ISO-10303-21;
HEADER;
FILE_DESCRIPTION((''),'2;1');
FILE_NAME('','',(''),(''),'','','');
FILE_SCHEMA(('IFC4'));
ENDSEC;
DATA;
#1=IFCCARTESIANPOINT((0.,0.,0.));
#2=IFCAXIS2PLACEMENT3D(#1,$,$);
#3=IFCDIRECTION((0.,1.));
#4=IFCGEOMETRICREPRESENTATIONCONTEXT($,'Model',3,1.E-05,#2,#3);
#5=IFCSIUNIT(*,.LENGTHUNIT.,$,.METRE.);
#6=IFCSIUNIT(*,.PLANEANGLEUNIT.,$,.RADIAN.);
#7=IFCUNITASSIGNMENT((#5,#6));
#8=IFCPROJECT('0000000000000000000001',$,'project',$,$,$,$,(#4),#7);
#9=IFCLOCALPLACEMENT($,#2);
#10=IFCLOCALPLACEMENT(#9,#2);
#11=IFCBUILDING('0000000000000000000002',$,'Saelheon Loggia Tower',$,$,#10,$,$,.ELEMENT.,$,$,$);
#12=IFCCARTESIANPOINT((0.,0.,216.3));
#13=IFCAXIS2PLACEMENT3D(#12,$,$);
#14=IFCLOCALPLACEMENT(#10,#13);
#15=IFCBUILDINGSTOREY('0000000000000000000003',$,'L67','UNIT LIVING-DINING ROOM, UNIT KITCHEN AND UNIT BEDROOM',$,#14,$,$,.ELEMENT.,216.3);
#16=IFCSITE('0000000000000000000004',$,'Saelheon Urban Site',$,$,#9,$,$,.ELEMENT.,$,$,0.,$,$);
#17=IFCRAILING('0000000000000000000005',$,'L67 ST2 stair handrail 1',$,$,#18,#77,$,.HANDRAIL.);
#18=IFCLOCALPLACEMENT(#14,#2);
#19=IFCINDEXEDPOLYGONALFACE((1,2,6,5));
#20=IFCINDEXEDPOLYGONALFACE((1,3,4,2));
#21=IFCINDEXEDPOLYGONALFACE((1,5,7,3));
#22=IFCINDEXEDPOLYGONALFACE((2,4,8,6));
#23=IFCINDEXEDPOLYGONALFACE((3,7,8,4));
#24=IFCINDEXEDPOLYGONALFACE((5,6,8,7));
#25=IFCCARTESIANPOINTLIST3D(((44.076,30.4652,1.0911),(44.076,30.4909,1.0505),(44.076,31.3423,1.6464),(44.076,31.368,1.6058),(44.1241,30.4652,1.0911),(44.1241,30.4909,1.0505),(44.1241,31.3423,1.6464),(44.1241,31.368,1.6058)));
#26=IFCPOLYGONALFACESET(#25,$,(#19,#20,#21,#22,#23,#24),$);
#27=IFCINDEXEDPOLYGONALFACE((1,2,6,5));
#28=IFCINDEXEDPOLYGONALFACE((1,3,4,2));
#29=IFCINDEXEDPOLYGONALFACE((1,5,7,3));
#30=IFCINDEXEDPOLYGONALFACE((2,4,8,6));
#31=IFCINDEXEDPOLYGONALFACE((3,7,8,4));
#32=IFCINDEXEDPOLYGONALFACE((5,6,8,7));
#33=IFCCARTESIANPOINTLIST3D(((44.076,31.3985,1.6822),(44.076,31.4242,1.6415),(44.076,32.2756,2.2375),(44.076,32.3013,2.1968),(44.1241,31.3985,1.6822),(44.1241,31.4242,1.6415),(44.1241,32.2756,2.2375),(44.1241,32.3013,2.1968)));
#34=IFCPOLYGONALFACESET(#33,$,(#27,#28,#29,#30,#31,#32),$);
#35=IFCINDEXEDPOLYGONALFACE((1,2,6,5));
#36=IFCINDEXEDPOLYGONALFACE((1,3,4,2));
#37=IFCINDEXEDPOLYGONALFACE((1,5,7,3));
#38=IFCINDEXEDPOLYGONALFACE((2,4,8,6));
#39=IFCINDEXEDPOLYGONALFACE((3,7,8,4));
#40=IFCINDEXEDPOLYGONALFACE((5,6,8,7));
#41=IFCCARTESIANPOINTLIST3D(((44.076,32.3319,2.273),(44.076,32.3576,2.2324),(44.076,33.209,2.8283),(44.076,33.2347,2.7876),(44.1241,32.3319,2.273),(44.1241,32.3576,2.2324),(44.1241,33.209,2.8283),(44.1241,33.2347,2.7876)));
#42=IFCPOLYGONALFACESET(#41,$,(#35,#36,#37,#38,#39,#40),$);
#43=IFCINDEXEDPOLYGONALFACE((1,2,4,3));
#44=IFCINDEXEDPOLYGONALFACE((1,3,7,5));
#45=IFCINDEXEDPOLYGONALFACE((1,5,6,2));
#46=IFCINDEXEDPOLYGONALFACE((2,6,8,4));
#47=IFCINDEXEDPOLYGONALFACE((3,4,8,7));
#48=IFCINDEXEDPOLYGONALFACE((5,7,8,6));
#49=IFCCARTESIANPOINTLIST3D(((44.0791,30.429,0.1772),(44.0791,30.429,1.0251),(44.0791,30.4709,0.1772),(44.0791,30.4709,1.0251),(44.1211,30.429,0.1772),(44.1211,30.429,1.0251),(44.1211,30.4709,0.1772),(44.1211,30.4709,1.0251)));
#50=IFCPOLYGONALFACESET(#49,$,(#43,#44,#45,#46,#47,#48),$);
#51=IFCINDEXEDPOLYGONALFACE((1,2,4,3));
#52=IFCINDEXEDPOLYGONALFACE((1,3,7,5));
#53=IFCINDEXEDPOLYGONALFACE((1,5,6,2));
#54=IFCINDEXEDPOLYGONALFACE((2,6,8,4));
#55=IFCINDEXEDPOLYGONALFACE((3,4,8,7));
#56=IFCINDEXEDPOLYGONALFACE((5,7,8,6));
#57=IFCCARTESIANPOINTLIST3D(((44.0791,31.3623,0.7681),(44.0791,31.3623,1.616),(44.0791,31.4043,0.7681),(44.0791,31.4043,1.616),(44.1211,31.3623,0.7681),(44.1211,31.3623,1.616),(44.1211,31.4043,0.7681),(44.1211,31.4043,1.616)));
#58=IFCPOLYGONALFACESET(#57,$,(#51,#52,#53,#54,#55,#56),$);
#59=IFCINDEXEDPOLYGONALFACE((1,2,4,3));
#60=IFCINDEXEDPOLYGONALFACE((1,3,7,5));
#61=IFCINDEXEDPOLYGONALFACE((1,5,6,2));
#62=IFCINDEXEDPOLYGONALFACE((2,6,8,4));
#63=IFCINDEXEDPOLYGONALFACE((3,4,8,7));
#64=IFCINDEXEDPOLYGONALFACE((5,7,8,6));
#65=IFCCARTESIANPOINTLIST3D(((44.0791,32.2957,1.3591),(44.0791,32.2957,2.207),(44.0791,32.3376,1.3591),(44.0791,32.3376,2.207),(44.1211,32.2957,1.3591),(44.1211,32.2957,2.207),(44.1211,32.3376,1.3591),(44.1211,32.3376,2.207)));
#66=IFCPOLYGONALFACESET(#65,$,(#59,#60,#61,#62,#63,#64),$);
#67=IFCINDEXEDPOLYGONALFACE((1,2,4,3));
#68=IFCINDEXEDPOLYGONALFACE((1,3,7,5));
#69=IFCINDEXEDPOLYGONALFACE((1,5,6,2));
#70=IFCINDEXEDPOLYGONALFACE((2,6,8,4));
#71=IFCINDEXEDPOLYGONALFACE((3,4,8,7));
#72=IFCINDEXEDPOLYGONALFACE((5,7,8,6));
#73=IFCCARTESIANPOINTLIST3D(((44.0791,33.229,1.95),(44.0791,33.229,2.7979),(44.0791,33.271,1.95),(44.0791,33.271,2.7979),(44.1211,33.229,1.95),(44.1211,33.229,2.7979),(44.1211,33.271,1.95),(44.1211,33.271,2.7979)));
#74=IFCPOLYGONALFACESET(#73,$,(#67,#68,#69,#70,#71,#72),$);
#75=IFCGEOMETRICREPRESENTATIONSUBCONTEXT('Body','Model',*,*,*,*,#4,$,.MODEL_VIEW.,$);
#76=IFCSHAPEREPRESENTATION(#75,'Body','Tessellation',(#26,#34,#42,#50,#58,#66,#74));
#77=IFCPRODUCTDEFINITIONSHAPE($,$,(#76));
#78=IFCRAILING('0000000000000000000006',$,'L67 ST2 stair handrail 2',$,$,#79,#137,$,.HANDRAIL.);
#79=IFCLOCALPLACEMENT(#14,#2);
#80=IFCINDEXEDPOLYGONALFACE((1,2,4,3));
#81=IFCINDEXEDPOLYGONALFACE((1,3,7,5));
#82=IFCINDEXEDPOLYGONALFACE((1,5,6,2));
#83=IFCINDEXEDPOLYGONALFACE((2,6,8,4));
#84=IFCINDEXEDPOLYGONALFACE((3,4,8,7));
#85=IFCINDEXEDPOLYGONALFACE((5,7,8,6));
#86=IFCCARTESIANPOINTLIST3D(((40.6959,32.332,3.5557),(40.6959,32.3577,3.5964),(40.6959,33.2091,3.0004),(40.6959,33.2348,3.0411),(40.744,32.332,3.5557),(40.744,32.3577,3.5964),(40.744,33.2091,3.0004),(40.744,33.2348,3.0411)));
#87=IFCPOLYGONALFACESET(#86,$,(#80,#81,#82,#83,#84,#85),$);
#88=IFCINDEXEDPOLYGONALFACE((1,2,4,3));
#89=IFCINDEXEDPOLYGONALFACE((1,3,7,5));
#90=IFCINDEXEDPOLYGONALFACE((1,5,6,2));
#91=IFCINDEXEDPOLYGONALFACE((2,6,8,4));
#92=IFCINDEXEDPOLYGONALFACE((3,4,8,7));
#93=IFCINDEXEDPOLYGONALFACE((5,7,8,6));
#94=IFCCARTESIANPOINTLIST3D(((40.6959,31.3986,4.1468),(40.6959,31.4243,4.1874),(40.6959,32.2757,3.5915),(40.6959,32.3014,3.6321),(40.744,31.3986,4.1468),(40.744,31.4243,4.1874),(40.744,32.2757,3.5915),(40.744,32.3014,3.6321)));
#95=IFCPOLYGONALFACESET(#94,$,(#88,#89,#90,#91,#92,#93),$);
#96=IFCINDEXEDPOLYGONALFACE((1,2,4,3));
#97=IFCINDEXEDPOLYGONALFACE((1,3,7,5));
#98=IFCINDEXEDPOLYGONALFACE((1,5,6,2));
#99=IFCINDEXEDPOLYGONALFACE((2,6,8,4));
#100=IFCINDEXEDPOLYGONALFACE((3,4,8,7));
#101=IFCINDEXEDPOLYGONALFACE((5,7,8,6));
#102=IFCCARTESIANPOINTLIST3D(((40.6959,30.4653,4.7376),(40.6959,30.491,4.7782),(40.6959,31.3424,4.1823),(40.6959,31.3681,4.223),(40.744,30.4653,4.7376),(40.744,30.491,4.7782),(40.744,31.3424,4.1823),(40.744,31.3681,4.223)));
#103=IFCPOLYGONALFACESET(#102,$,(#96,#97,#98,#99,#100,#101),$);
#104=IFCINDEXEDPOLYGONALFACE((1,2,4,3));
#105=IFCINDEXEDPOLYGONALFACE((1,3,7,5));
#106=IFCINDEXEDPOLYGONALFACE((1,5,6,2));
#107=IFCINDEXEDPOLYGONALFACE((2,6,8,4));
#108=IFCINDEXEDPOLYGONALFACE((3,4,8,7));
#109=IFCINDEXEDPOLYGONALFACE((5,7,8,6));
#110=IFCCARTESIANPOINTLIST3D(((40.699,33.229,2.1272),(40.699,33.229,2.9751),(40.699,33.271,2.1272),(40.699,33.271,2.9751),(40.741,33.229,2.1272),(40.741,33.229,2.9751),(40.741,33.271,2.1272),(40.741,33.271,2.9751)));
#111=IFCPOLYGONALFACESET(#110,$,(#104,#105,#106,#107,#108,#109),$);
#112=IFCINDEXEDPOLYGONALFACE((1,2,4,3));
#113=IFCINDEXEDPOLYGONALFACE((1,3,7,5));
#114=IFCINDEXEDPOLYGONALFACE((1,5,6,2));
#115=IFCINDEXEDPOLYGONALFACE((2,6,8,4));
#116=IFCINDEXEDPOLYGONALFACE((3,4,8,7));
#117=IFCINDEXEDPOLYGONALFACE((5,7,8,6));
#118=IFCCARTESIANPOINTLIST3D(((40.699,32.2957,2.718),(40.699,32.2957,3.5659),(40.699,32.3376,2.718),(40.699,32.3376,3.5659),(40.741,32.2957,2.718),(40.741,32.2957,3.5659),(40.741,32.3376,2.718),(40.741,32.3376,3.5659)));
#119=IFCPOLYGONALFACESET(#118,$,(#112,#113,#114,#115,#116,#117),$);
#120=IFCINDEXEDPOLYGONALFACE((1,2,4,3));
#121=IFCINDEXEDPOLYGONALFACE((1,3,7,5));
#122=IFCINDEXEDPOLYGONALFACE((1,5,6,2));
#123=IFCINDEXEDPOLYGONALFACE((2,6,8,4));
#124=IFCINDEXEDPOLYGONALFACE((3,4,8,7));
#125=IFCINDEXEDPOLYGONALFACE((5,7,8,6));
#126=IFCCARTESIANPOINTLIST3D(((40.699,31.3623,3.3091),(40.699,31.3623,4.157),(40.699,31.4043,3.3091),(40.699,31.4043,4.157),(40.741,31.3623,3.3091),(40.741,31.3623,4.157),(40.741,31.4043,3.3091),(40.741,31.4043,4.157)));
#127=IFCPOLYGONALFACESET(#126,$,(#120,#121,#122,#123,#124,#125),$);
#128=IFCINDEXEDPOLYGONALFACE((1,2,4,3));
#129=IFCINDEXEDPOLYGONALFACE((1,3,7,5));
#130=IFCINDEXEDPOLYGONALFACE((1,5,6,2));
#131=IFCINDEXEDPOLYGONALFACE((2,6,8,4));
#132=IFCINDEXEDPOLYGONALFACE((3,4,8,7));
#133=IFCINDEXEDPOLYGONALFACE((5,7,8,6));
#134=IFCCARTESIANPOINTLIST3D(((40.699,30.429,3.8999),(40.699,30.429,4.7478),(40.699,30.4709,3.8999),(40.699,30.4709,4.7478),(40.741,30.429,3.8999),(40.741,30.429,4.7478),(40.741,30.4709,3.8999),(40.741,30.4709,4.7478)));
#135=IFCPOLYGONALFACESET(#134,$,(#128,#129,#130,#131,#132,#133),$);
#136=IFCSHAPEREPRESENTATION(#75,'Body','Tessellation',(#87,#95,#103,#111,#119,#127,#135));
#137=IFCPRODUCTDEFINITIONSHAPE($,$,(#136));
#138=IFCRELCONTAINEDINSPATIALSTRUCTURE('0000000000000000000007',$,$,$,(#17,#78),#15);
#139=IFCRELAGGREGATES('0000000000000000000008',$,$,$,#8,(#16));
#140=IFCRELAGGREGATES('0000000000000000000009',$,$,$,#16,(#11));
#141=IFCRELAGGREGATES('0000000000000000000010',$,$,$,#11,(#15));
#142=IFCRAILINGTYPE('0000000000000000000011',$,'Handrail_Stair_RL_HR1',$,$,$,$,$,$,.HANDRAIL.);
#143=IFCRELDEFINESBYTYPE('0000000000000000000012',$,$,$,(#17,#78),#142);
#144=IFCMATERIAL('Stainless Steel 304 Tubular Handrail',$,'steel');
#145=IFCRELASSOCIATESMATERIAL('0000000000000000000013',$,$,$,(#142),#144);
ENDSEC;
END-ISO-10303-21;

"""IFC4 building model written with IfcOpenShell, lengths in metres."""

from ifc_helpers import new_model, si_unit, direction, frame, origin, origin_2d, place, context, subcontext, project, spatial, rectangle, extrude, material, type_object, element, save


model = new_model("IFC4")

# Units and contexts
model_context = context("Model", 3, precision=1e-05, world=origin(), true_north=direction((0.0, 1.0)))
body_context = subcontext(model_context, "Body", "Model", "MODEL_VIEW")
ifc_project = project(units=[si_unit("LENGTHUNIT", "METRE"), si_unit("PLANEANGLEUNIT", "RADIAN")], contexts=[model_context])

# Site, building, storey
site_placement = place(None, origin())
site = spatial("IfcSite", under=ifc_project, at=site_placement, Name="Saelheon Urban Site", CompositionType="ELEMENT", RefElevation=0.0)
building_placement = place(site_placement, origin())
building = spatial("IfcBuilding", under=site, at=building_placement, Name="Saelheon Loggia Tower", CompositionType="ELEMENT")
storey_placement = place(building_placement, frame((0.0, 0.0, 216.3)))
storey = spatial("IfcBuildingStorey", under=building, at=storey_placement, Name="L67", Description="UNIT LIVING-DINING ROOM, UNIT KITCHEN AND UNIT BEDROOM", CompositionType="ELEMENT", Elevation=216.3)

# Railings
ifc_material_1 = material(Name="Stainless Steel 304 Tubular Handrail", Category="steel")
railing_type_1 = type_object("IfcRailingType", Name="Handrail_Stair_RL_HR1", PredefinedType="HANDRAIL", material=ifc_material_1)
railing_1_placement = place(storey_placement, frame((44.1001, 30.45, 0.1772)))
element("IfcRailing", 1, at=railing_1_placement, inside=storey, type_object=railing_type_1, Name="L67 ST2 stair handrail 1", PredefinedType="HANDRAIL", context=body_context, shape_type="SweptSolid", body=[
    extrude(rectangle(XDim=0.0481, YDim=0.0481, at=origin_2d()), frame((0.0, 0.0281, 0.8936), z_axis=(0.0, 0.844909, 0.53491), x_axis=(-1.0, 0.0, 0.0)), (0.0, 0.0, 1.0), 1.0381),
    extrude(rectangle(XDim=0.0481, YDim=0.0481, at=origin_2d()), frame((0.0, 0.9614, 1.4846), z_axis=(0.0, 0.844909, 0.53491), x_axis=(-1.0, 0.0, 0.0)), (0.0, 0.0, 1.0), 1.0381),
    extrude(rectangle(XDim=0.0481, YDim=0.0481, at=origin_2d()), frame((0.0, 1.8948, 2.0754), z_axis=(0.0, 0.844909, 0.53491), x_axis=(-1.0, 0.0, 0.0)), (0.0, 0.0, 1.0), 1.0381),
    extrude(rectangle(XDim=0.042, YDim=0.042, at=origin_2d()), origin(), (0.0, 0.0, 1.0), 0.8479),
    extrude(rectangle(XDim=0.042, YDim=0.042, at=origin_2d()), frame((0.0, 0.9333, 0.5908)), (0.0, 0.0, 1.0), 0.8479),
    extrude(rectangle(XDim=0.042, YDim=0.042, at=origin_2d()), frame((0.0, 1.8667, 1.1819)), (0.0, 0.0, 1.0), 0.8479),
    extrude(rectangle(XDim=0.042, YDim=0.042, at=origin_2d()), frame((0.0, 2.8, 1.7727)), (0.0, 0.0, 1.0), 0.8479),
])
railing_2_placement = place(storey_placement, frame((40.72, 33.25, 2.1272)))
element("IfcRailing", 2, at=railing_2_placement, inside=storey, type_object=railing_type_1, Name="L67 ST2 stair handrail 2", PredefinedType="HANDRAIL", context=body_context, shape_type="SweptSolid", body=[
    extrude(rectangle(XDim=0.0481, YDim=0.0481, at=origin_2d()), frame((0.0, -0.0281, 0.8936), z_axis=(0.0, -0.844909, 0.53491), x_axis=(1.0, 0.0, 0.0)), (0.0, 0.0, 1.0), 1.0381),
    extrude(rectangle(XDim=0.0481, YDim=0.0481, at=origin_2d()), frame((0.0, -0.9614, 1.4846), z_axis=(0.0, -0.844909, 0.53491), x_axis=(1.0, 0.0, 0.0)), (0.0, 0.0, 1.0), 1.0381),
    extrude(rectangle(XDim=0.0481, YDim=0.0481, at=origin_2d()), frame((0.0, -1.8948, 2.0754), z_axis=(0.0, -0.844909, 0.53491), x_axis=(1.0, 0.0, 0.0)), (0.0, 0.0, 1.0), 1.0381),
    extrude(rectangle(XDim=0.042, YDim=0.042, at=origin_2d()), origin(), (0.0, 0.0, 1.0), 0.8479),
    extrude(rectangle(XDim=0.042, YDim=0.042, at=origin_2d()), frame((0.0, -0.9333, 0.5908)), (0.0, 0.0, 1.0), 0.8479),
    extrude(rectangle(XDim=0.042, YDim=0.042, at=origin_2d()), frame((0.0, -1.8667, 1.1819)), (0.0, 0.0, 1.0), 0.8479),
    extrude(rectangle(XDim=0.042, YDim=0.042, at=origin_2d()), frame((0.0, -2.8, 1.7727)), (0.0, 0.0, 1.0), 0.8479),
])

save(model, "model.ifc")
